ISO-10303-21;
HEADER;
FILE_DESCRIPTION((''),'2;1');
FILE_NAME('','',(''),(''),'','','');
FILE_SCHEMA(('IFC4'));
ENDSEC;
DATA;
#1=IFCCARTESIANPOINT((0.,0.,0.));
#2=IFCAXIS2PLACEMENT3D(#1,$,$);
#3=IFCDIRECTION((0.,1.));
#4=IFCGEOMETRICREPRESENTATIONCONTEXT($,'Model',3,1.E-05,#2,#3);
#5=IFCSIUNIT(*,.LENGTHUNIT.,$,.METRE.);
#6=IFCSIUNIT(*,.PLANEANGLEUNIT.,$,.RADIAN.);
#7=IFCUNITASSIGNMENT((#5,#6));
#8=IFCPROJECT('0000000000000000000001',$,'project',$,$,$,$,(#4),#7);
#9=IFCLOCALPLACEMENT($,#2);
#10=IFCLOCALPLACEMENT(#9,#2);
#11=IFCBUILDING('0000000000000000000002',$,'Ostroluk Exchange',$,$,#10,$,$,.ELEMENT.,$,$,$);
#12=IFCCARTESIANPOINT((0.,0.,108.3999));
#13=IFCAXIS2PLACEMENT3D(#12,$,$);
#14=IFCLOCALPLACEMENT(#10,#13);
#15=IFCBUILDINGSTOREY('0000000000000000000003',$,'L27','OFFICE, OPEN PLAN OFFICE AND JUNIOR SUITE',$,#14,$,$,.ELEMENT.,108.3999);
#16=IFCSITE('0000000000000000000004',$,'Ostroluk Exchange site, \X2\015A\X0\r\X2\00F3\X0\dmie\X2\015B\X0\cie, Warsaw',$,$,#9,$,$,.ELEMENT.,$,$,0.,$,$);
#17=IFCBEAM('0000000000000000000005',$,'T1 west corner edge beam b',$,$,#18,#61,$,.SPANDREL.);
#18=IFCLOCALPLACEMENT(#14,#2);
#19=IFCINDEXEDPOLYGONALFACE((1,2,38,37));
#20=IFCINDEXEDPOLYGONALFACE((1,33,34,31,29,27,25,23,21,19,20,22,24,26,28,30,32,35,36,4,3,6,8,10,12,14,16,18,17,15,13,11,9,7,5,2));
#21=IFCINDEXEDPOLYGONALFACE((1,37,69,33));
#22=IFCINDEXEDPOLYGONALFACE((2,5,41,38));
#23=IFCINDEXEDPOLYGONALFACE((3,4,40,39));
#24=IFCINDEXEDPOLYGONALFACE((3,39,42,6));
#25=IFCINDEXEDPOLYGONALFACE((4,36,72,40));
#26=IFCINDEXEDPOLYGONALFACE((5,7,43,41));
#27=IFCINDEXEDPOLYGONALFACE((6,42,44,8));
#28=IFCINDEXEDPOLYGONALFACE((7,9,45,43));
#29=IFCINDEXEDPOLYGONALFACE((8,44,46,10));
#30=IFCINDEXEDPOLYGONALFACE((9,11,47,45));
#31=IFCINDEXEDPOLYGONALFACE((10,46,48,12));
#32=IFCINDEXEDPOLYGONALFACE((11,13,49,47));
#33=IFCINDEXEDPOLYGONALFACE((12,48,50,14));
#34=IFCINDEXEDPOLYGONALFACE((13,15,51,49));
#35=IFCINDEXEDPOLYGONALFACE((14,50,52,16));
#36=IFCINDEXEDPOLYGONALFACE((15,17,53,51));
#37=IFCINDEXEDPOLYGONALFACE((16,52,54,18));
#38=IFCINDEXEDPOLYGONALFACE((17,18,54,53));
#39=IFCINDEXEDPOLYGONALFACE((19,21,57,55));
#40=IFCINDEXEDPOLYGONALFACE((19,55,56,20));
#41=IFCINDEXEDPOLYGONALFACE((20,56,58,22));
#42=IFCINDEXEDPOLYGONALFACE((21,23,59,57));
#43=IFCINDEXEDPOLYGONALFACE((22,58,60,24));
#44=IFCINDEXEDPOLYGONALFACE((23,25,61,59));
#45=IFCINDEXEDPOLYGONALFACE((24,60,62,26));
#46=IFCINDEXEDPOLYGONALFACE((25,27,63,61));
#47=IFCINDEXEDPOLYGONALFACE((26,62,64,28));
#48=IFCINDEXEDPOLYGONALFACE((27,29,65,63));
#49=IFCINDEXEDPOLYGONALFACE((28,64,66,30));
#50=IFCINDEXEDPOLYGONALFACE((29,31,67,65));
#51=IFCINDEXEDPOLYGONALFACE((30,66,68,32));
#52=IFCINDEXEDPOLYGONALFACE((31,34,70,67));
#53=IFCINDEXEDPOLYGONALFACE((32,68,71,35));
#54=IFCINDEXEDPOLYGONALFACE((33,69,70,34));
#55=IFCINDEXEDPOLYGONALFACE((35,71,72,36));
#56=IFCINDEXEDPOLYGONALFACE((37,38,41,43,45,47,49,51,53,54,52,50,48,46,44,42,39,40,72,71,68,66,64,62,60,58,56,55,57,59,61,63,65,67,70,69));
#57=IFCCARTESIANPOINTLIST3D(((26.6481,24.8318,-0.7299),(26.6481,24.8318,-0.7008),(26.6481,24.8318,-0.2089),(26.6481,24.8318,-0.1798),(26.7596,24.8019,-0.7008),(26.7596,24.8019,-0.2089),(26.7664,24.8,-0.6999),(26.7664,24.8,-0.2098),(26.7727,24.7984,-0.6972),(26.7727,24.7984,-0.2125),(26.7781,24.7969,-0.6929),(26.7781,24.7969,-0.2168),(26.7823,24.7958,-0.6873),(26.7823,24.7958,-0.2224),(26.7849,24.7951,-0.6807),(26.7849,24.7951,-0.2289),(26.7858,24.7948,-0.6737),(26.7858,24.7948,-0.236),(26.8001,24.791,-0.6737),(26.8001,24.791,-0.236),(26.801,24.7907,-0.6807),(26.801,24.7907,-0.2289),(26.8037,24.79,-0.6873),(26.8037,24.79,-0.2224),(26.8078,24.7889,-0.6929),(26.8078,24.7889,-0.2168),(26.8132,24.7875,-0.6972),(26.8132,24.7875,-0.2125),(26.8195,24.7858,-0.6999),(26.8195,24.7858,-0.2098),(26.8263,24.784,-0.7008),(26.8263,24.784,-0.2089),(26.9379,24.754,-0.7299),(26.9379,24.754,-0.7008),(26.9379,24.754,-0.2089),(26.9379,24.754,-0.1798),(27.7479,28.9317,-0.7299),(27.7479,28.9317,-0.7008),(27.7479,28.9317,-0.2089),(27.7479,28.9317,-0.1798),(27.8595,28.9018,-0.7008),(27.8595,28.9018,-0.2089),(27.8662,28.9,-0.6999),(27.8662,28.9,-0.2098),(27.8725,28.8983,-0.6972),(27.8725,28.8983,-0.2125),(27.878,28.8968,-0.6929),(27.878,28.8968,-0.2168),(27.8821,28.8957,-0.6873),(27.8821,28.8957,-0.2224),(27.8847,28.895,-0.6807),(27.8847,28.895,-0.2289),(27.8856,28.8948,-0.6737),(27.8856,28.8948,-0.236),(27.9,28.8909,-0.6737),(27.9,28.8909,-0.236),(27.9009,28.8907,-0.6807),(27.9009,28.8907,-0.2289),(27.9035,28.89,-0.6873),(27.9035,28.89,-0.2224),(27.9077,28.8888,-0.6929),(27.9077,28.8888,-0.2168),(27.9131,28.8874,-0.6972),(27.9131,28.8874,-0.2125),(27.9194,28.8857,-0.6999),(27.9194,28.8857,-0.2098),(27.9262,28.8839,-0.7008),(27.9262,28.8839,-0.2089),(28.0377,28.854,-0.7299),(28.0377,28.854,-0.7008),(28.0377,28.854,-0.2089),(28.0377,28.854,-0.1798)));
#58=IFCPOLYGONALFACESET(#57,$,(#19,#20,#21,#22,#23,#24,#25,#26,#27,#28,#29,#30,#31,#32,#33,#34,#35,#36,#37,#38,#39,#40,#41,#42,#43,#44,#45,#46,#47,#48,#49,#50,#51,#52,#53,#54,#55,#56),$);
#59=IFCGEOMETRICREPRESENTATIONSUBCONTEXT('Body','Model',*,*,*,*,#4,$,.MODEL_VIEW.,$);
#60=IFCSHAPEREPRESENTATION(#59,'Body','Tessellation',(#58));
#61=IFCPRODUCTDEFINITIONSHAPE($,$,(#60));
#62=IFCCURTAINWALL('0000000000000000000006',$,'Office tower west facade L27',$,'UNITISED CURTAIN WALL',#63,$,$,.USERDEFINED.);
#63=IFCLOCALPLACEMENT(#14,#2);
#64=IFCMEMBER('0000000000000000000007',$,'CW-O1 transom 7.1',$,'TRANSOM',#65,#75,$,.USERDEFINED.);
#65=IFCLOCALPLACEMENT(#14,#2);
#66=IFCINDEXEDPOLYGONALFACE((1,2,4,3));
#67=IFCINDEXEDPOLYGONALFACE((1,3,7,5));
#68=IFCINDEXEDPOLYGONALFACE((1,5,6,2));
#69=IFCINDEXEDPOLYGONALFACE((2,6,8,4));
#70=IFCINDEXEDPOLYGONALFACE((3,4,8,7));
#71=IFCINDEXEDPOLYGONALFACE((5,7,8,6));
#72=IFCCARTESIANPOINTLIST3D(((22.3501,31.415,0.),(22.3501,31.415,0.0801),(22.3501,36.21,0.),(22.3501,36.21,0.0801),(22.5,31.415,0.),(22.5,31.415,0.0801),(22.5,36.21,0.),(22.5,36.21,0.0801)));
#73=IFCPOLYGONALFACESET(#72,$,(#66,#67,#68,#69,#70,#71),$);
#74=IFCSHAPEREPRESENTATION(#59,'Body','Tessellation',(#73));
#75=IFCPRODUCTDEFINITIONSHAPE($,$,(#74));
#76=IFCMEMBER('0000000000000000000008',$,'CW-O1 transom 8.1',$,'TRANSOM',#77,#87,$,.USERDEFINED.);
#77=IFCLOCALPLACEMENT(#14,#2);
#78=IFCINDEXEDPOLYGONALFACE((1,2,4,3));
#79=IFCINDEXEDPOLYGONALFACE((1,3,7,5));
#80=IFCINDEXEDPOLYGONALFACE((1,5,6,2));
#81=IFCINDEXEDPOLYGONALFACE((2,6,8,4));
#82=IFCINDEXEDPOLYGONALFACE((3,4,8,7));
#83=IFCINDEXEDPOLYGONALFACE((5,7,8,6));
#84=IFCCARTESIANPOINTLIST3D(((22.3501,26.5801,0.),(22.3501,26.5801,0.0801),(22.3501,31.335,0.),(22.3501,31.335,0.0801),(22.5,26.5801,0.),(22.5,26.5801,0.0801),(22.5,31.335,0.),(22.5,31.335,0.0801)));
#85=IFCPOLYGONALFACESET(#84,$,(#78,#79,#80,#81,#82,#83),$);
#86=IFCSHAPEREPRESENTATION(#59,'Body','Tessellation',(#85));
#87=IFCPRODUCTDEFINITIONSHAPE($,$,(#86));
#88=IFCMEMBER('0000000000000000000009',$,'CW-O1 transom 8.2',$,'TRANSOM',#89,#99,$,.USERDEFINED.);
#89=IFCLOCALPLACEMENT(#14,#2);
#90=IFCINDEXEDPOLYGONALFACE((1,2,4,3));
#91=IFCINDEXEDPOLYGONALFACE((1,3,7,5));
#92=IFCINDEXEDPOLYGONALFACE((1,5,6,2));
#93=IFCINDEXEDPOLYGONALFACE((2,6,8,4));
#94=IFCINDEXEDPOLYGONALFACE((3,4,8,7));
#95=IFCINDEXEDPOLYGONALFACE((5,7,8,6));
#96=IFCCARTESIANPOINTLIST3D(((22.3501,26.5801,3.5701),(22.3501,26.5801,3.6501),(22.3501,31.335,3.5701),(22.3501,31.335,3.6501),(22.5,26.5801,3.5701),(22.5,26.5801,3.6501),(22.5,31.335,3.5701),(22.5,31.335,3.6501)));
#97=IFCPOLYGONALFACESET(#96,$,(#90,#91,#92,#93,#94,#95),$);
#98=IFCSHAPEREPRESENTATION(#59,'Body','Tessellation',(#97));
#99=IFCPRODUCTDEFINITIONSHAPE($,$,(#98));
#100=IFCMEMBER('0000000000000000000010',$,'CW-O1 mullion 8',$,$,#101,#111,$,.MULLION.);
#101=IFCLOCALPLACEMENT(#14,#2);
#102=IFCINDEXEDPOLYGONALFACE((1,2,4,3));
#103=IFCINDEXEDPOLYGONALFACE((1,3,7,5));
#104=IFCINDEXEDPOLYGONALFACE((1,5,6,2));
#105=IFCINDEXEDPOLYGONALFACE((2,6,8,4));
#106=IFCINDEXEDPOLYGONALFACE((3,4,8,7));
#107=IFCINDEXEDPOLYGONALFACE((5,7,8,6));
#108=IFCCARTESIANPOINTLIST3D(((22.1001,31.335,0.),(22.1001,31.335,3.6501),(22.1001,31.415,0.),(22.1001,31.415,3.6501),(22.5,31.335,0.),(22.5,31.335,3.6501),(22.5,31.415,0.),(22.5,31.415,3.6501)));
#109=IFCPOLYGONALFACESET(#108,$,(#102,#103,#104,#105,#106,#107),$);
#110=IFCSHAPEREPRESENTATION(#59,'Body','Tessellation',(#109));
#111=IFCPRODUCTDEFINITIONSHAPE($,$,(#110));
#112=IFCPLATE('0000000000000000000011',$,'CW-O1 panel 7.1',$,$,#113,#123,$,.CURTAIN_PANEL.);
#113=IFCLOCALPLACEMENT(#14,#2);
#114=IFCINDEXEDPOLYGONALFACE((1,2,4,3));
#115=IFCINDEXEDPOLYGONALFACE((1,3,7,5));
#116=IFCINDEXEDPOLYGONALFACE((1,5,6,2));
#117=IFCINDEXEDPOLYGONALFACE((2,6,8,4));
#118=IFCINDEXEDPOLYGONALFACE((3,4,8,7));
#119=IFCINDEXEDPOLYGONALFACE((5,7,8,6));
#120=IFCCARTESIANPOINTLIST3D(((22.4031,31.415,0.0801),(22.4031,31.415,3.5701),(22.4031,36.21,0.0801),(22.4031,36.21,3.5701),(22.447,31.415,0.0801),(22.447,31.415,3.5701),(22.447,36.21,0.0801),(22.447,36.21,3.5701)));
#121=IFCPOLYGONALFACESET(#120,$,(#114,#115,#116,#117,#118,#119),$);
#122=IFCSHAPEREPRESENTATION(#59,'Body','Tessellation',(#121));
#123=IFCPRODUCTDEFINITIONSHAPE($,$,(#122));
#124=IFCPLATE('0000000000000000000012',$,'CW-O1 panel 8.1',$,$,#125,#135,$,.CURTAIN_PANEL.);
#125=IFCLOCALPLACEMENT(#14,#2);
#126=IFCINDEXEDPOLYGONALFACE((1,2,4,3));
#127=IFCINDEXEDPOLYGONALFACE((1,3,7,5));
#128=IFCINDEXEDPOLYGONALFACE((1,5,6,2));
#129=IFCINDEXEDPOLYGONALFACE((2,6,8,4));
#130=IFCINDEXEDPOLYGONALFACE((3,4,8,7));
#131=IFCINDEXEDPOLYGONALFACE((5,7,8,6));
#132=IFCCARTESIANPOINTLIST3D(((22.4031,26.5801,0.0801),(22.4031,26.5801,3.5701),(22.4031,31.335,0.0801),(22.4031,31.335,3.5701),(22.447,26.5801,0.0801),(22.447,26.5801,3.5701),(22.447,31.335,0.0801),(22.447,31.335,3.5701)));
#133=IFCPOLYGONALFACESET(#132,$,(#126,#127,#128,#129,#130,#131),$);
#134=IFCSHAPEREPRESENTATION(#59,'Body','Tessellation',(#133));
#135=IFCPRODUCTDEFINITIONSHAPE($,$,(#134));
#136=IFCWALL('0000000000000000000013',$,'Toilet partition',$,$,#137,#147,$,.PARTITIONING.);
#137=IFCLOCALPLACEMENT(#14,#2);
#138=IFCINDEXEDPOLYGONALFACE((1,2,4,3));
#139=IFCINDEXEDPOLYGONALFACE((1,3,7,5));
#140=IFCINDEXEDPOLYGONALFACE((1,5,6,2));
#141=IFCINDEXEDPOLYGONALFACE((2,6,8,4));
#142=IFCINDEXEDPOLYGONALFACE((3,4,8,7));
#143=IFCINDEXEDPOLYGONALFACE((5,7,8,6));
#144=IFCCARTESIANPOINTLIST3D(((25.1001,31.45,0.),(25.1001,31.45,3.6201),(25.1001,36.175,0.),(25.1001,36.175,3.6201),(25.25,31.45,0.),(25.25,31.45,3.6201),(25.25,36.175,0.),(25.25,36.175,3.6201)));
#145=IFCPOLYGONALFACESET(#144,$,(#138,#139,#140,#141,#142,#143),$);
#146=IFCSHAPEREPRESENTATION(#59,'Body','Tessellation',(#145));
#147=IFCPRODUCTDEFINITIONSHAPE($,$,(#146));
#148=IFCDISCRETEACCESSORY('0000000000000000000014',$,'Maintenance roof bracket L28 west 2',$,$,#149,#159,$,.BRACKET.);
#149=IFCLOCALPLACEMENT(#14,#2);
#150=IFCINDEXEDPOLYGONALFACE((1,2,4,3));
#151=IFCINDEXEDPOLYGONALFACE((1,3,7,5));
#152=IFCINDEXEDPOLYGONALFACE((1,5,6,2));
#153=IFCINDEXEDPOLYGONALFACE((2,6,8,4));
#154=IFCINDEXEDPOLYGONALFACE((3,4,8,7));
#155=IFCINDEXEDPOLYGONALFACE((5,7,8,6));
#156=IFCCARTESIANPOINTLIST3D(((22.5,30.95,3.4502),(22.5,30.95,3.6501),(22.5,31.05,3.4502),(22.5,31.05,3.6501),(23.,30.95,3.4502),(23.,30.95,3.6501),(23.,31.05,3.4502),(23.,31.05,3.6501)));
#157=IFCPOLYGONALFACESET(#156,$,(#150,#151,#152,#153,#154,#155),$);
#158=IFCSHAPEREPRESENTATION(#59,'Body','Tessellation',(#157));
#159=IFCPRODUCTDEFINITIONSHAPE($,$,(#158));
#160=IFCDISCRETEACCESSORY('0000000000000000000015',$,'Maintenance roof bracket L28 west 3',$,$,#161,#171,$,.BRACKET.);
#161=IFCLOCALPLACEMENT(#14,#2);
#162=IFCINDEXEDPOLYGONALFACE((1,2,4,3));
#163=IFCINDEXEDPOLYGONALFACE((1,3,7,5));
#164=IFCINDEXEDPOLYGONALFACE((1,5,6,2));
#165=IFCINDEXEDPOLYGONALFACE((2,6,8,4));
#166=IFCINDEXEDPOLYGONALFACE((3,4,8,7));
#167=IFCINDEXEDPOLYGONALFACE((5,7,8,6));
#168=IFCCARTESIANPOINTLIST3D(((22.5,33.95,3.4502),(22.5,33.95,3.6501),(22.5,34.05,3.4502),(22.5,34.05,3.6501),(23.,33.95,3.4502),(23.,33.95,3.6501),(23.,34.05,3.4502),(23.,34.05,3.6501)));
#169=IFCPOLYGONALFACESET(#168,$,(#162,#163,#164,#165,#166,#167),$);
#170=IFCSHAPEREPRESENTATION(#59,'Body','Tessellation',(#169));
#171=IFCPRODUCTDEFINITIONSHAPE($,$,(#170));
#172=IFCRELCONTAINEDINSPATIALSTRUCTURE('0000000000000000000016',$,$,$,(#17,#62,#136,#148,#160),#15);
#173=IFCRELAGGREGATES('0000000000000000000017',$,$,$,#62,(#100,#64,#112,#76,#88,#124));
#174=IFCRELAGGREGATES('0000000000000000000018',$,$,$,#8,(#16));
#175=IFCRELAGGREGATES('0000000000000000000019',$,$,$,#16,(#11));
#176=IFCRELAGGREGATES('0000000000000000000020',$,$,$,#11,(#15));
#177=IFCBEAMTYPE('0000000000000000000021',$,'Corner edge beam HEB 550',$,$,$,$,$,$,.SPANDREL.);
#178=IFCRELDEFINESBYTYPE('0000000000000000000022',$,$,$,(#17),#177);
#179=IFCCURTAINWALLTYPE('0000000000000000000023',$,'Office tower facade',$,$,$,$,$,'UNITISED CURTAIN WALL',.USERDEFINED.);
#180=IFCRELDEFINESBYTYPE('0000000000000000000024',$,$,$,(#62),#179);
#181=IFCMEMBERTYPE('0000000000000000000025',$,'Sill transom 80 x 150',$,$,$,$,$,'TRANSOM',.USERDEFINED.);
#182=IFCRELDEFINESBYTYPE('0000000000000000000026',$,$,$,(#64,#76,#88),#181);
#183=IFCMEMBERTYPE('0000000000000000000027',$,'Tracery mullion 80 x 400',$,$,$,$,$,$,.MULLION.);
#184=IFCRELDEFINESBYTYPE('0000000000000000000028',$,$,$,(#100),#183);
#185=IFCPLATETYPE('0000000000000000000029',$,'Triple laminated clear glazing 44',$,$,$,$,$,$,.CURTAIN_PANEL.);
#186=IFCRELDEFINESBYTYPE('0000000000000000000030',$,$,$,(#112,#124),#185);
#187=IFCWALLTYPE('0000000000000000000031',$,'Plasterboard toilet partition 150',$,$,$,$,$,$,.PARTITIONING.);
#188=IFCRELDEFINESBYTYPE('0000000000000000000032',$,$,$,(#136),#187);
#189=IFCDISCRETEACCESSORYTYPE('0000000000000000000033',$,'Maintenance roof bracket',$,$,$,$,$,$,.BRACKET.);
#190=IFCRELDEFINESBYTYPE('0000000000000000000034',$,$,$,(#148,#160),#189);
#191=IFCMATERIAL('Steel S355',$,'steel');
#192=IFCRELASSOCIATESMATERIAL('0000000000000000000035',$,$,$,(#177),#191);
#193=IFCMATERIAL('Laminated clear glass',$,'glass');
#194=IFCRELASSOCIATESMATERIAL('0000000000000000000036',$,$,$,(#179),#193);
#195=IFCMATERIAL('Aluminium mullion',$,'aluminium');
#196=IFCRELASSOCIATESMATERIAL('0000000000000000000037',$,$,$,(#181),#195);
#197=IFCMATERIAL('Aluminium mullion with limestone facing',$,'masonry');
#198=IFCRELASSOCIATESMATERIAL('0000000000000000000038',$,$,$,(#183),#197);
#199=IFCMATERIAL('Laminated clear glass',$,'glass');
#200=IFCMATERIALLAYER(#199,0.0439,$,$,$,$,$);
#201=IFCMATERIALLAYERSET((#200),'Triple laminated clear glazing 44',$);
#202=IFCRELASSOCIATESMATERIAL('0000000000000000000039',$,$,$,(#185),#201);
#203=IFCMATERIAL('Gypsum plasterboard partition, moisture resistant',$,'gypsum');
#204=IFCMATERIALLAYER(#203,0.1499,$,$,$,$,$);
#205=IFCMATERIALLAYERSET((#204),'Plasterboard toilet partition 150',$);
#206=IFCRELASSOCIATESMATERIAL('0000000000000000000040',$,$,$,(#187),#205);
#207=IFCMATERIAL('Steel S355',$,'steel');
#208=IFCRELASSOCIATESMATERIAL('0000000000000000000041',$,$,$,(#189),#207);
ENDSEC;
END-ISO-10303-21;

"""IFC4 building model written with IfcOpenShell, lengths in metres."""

from ifc_helpers import new_model, si_unit, direction, frame, frame_2d, origin, origin_2d, place, context, subcontext, project, spatial, rectangle, i_section, extrude, material, layer, layer_set, material_profile, profile_set, type_object, element, aggregate, save


model = new_model("IFC4")

# Units and contexts
model_context = context("Model", 3, precision=1e-05, world=origin(), true_north=direction((0.0, 1.0)))
body_context = subcontext(model_context, "Body", "Model", "MODEL_VIEW")
ifc_project = project(units=[si_unit("LENGTHUNIT", "METRE"), si_unit("PLANEANGLEUNIT", "RADIAN")], contexts=[model_context])

# Site, building, storey
site_placement = place(None, origin())
site = spatial("IfcSite", under=ifc_project, at=site_placement, Name="Ostroluk Exchange site, Śródmieście, Warsaw", CompositionType="ELEMENT", RefElevation=0.0)
building_placement = place(site_placement, origin())
building = spatial("IfcBuilding", under=site, at=building_placement, Name="Ostroluk Exchange", CompositionType="ELEMENT")
storey_placement = place(building_placement, frame((0.0, 0.0, 108.3999)))
storey = spatial("IfcBuildingStorey", under=building, at=storey_placement, Name="L27", Description="OFFICE, OPEN PLAN OFFICE AND JUNIOR SUITE", CompositionType="ELEMENT", Elevation=108.3999)

# Beam
ifc_material_1 = material(Name="Steel S355", Category="steel")
ifc_material_profile_1 = material_profile(ifc_material_1, i_section(OverallWidth=0.3, OverallDepth=0.55, WebThickness=0.0149, FlangeThickness=0.0291, FilletRadius=0.0271, at=origin_2d()), Name="HEB 550")
ifc_profile_set_1 = profile_set([ifc_material_profile_1], Name="Steel S355")
beam_type = type_object("IfcBeamType", Name="Corner edge beam HEB 550", PredefinedType="SPANDREL", material=ifc_profile_set_1)
beam_placement = place(storey_placement, frame((27.8928, 28.8928, -0.4548), z_axis=(-0.259105, -0.965849, 0.0), x_axis=(0.965849, -0.259105, 0.0)))
element("IfcBeam", 1, at=beam_placement, inside=storey, type_object=beam_type, Name="T1 west corner edge beam b", PredefinedType="SPANDREL", context=body_context, shape_type="SweptSolid", body=[
    extrude(i_section(OverallWidth=0.3, OverallDepth=0.55, WebThickness=0.0149, FlangeThickness=0.0291, FilletRadius=0.0271, at=origin_2d()), origin(), (0.0, 0.0, 1.0), 4.2449),
])

# Curtain wall, members, plates
ifc_material_2 = material(Name="Laminated clear glass", Category="glass")
curtain_wall_type = type_object("IfcCurtainWallType", Name="Office tower facade", ElementType="UNITISED CURTAIN WALL", PredefinedType="USERDEFINED", material=ifc_material_2)
curtain_wall_placement = place(storey_placement, origin())
curtain_wall = element("IfcCurtainWall", 2, at=curtain_wall_placement, inside=storey, type_object=curtain_wall_type, Name="Office tower west facade L27", ObjectType="UNITISED CURTAIN WALL", PredefinedType="USERDEFINED")
ifc_material_3 = material(Name="Aluminium mullion", Category="aluminium")
ifc_material_profile_2 = material_profile(ifc_material_3, rectangle(XDim=0.1499, YDim=0.0801, at=origin_2d()), Name="Sill transom 80 x 150")
ifc_profile_set_2 = profile_set([ifc_material_profile_2], Name="Aluminium mullion")
member_type_1 = type_object("IfcMemberType", Name="Sill transom 80 x 150", ElementType="TRANSOM", PredefinedType="USERDEFINED", material=ifc_profile_set_2)
member_1_placement = place(storey_placement, frame((22.425, 36.21, 0.04), z_axis=(0.0, -1.0, 0.0), x_axis=(1.0, 0.0, 0.0)))
member_1 = element("IfcMember", 3, at=member_1_placement, type_object=member_type_1, Name="CW-O1 transom 7.1", ObjectType="TRANSOM", PredefinedType="USERDEFINED", context=body_context, shape_type="SweptSolid", body=[
    extrude(rectangle(XDim=0.1499, YDim=0.0801, at=origin_2d()), origin(), (0.0, 0.0, 1.0), 4.7949),
])
member_2_placement = place(storey_placement, frame((22.425, 31.335, 0.04), z_axis=(0.0, -1.0, 0.0), x_axis=(1.0, 0.0, 0.0)))
member_2 = element("IfcMember", 4, at=member_2_placement, type_object=member_type_1, Name="CW-O1 transom 8.1", ObjectType="TRANSOM", PredefinedType="USERDEFINED", context=body_context, shape_type="SweptSolid", body=[
    extrude(rectangle(XDim=0.1499, YDim=0.0801, at=origin_2d()), origin(), (0.0, 0.0, 1.0), 4.7549),
])
member_3_placement = place(storey_placement, frame((22.425, 31.335, 3.6101), z_axis=(0.0, -1.0, 0.0), x_axis=(1.0, 0.0, 0.0)))
member_3 = element("IfcMember", 5, at=member_3_placement, type_object=member_type_1, Name="CW-O1 transom 8.2", ObjectType="TRANSOM", PredefinedType="USERDEFINED", context=body_context, shape_type="SweptSolid", body=[
    extrude(rectangle(XDim=0.1499, YDim=0.0801, at=origin_2d()), origin(), (0.0, 0.0, 1.0), 4.7549),
])
ifc_material_4 = material(Name="Aluminium mullion with limestone facing", Category="masonry")
ifc_material_profile_3 = material_profile(ifc_material_4, rectangle(XDim=0.3999, YDim=0.0801, at=origin_2d()), Name="Tracery mullion 80 x 400")
ifc_profile_set_3 = profile_set([ifc_material_profile_3], Name="Aluminium mullion with limestone facing")
member_type_2 = type_object("IfcMemberType", Name="Tracery mullion 80 x 400", PredefinedType="MULLION", material=ifc_profile_set_3)
member_4_placement = place(storey_placement, frame((22.3, 31.375, 0.0), z_axis=(0.0, 0.0, 1.0), x_axis=(1.0, 0.0, 0.0)))
member_4 = element("IfcMember", 6, at=member_4_placement, type_object=member_type_2, Name="CW-O1 mullion 8", PredefinedType="MULLION", context=body_context, shape_type="SweptSolid", body=[
    extrude(rectangle(XDim=0.3999, YDim=0.0801, at=origin_2d()), origin(), (0.0, 0.0, 1.0), 3.6501),
])
ifc_material_5 = material(Name="Laminated clear glass", Category="glass")
ifc_layer_1 = layer(ifc_material_5, 0.0439)
ifc_layer_set_1 = layer_set([ifc_layer_1], Name="Triple laminated clear glazing 44")
plate_type = type_object("IfcPlateType", Name="Triple laminated clear glazing 44", PredefinedType="CURTAIN_PANEL", material=ifc_layer_set_1)
plate_1_placement = place(storey_placement, frame((22.425, 33.8125, 0.0801), z_axis=(0.0, 0.0, 1.0), x_axis=(0.0, -1.0, 0.0)))
plate_1 = element("IfcPlate", 7, at=plate_1_placement, type_object=plate_type, Name="CW-O1 panel 7.1", PredefinedType="CURTAIN_PANEL", context=body_context, shape_type="SweptSolid", body=[
    extrude(rectangle(XDim=4.7949, YDim=0.0439, at=origin_2d()), origin(), (0.0, 0.0, 1.0), 3.49),
])
plate_2_placement = place(storey_placement, frame((22.425, 28.9575, 0.0801), z_axis=(0.0, 0.0, 1.0), x_axis=(0.0, -1.0, 0.0)))
plate_2 = element("IfcPlate", 8, at=plate_2_placement, type_object=plate_type, Name="CW-O1 panel 8.1", PredefinedType="CURTAIN_PANEL", context=body_context, shape_type="SweptSolid", body=[
    extrude(rectangle(XDim=4.7549, YDim=0.0439, at=origin_2d()), origin(), (0.0, 0.0, 1.0), 3.49),
])
aggregate(curtain_wall, [member_4, member_1, plate_1, member_2, member_3, plate_2])

# Wall
ifc_material_6 = material(Name="Gypsum plasterboard partition, moisture resistant", Category="gypsum")
ifc_layer_2 = layer(ifc_material_6, 0.1499)
ifc_layer_set_2 = layer_set([ifc_layer_2], Name="Plasterboard toilet partition 150")
wall_type = type_object("IfcWallType", Name="Plasterboard toilet partition 150", PredefinedType="PARTITIONING", material=ifc_layer_set_2)
wall_placement = place(storey_placement, frame((25.175, 36.175, 0.0), z_axis=(0.0, 0.0, 1.0), x_axis=(0.0, -1.0, 0.0)))
element("IfcWall", 9, at=wall_placement, inside=storey, type_object=wall_type, Name="Toilet partition", PredefinedType="PARTITIONING", context=body_context, shape_type="SweptSolid", body=[
    extrude(rectangle(XDim=4.7251, YDim=0.1499, at=frame_2d((2.3625, 0.0))), origin(), (0.0, 0.0, 1.0), 3.6201),
])

# Discrete accessories
ifc_material_7 = material(Name="Steel S355", Category="steel")
discrete_accessory_type = type_object("IfcDiscreteAccessoryType", Name="Maintenance roof bracket", PredefinedType="BRACKET", material=ifc_material_7)
for number, where, z_axis, x_axis, name in (
    (10, (22.75, 31.0, 3.4502), (0.0, 0.0, 1.0), (1.0, 0.0, 0.0), "Maintenance roof bracket L28 west 2"),
    (11, (22.75, 34.0, 3.4502), (0.0, 0.0, 1.0), (1.0, 0.0, 0.0), "Maintenance roof bracket L28 west 3"),
):
    element("IfcDiscreteAccessory", number, at=place(storey_placement, frame(where, z_axis=z_axis, x_axis=x_axis)), inside=storey, type_object=discrete_accessory_type, Name=name, PredefinedType="BRACKET", context=body_context, shape_type="SweptSolid", body=[
        extrude(rectangle(XDim=0.5, YDim=0.1001, at=origin_2d()), origin(), (0.0, 0.0, 1.0), 0.2),
    ])

save(model, "model.ifc")
